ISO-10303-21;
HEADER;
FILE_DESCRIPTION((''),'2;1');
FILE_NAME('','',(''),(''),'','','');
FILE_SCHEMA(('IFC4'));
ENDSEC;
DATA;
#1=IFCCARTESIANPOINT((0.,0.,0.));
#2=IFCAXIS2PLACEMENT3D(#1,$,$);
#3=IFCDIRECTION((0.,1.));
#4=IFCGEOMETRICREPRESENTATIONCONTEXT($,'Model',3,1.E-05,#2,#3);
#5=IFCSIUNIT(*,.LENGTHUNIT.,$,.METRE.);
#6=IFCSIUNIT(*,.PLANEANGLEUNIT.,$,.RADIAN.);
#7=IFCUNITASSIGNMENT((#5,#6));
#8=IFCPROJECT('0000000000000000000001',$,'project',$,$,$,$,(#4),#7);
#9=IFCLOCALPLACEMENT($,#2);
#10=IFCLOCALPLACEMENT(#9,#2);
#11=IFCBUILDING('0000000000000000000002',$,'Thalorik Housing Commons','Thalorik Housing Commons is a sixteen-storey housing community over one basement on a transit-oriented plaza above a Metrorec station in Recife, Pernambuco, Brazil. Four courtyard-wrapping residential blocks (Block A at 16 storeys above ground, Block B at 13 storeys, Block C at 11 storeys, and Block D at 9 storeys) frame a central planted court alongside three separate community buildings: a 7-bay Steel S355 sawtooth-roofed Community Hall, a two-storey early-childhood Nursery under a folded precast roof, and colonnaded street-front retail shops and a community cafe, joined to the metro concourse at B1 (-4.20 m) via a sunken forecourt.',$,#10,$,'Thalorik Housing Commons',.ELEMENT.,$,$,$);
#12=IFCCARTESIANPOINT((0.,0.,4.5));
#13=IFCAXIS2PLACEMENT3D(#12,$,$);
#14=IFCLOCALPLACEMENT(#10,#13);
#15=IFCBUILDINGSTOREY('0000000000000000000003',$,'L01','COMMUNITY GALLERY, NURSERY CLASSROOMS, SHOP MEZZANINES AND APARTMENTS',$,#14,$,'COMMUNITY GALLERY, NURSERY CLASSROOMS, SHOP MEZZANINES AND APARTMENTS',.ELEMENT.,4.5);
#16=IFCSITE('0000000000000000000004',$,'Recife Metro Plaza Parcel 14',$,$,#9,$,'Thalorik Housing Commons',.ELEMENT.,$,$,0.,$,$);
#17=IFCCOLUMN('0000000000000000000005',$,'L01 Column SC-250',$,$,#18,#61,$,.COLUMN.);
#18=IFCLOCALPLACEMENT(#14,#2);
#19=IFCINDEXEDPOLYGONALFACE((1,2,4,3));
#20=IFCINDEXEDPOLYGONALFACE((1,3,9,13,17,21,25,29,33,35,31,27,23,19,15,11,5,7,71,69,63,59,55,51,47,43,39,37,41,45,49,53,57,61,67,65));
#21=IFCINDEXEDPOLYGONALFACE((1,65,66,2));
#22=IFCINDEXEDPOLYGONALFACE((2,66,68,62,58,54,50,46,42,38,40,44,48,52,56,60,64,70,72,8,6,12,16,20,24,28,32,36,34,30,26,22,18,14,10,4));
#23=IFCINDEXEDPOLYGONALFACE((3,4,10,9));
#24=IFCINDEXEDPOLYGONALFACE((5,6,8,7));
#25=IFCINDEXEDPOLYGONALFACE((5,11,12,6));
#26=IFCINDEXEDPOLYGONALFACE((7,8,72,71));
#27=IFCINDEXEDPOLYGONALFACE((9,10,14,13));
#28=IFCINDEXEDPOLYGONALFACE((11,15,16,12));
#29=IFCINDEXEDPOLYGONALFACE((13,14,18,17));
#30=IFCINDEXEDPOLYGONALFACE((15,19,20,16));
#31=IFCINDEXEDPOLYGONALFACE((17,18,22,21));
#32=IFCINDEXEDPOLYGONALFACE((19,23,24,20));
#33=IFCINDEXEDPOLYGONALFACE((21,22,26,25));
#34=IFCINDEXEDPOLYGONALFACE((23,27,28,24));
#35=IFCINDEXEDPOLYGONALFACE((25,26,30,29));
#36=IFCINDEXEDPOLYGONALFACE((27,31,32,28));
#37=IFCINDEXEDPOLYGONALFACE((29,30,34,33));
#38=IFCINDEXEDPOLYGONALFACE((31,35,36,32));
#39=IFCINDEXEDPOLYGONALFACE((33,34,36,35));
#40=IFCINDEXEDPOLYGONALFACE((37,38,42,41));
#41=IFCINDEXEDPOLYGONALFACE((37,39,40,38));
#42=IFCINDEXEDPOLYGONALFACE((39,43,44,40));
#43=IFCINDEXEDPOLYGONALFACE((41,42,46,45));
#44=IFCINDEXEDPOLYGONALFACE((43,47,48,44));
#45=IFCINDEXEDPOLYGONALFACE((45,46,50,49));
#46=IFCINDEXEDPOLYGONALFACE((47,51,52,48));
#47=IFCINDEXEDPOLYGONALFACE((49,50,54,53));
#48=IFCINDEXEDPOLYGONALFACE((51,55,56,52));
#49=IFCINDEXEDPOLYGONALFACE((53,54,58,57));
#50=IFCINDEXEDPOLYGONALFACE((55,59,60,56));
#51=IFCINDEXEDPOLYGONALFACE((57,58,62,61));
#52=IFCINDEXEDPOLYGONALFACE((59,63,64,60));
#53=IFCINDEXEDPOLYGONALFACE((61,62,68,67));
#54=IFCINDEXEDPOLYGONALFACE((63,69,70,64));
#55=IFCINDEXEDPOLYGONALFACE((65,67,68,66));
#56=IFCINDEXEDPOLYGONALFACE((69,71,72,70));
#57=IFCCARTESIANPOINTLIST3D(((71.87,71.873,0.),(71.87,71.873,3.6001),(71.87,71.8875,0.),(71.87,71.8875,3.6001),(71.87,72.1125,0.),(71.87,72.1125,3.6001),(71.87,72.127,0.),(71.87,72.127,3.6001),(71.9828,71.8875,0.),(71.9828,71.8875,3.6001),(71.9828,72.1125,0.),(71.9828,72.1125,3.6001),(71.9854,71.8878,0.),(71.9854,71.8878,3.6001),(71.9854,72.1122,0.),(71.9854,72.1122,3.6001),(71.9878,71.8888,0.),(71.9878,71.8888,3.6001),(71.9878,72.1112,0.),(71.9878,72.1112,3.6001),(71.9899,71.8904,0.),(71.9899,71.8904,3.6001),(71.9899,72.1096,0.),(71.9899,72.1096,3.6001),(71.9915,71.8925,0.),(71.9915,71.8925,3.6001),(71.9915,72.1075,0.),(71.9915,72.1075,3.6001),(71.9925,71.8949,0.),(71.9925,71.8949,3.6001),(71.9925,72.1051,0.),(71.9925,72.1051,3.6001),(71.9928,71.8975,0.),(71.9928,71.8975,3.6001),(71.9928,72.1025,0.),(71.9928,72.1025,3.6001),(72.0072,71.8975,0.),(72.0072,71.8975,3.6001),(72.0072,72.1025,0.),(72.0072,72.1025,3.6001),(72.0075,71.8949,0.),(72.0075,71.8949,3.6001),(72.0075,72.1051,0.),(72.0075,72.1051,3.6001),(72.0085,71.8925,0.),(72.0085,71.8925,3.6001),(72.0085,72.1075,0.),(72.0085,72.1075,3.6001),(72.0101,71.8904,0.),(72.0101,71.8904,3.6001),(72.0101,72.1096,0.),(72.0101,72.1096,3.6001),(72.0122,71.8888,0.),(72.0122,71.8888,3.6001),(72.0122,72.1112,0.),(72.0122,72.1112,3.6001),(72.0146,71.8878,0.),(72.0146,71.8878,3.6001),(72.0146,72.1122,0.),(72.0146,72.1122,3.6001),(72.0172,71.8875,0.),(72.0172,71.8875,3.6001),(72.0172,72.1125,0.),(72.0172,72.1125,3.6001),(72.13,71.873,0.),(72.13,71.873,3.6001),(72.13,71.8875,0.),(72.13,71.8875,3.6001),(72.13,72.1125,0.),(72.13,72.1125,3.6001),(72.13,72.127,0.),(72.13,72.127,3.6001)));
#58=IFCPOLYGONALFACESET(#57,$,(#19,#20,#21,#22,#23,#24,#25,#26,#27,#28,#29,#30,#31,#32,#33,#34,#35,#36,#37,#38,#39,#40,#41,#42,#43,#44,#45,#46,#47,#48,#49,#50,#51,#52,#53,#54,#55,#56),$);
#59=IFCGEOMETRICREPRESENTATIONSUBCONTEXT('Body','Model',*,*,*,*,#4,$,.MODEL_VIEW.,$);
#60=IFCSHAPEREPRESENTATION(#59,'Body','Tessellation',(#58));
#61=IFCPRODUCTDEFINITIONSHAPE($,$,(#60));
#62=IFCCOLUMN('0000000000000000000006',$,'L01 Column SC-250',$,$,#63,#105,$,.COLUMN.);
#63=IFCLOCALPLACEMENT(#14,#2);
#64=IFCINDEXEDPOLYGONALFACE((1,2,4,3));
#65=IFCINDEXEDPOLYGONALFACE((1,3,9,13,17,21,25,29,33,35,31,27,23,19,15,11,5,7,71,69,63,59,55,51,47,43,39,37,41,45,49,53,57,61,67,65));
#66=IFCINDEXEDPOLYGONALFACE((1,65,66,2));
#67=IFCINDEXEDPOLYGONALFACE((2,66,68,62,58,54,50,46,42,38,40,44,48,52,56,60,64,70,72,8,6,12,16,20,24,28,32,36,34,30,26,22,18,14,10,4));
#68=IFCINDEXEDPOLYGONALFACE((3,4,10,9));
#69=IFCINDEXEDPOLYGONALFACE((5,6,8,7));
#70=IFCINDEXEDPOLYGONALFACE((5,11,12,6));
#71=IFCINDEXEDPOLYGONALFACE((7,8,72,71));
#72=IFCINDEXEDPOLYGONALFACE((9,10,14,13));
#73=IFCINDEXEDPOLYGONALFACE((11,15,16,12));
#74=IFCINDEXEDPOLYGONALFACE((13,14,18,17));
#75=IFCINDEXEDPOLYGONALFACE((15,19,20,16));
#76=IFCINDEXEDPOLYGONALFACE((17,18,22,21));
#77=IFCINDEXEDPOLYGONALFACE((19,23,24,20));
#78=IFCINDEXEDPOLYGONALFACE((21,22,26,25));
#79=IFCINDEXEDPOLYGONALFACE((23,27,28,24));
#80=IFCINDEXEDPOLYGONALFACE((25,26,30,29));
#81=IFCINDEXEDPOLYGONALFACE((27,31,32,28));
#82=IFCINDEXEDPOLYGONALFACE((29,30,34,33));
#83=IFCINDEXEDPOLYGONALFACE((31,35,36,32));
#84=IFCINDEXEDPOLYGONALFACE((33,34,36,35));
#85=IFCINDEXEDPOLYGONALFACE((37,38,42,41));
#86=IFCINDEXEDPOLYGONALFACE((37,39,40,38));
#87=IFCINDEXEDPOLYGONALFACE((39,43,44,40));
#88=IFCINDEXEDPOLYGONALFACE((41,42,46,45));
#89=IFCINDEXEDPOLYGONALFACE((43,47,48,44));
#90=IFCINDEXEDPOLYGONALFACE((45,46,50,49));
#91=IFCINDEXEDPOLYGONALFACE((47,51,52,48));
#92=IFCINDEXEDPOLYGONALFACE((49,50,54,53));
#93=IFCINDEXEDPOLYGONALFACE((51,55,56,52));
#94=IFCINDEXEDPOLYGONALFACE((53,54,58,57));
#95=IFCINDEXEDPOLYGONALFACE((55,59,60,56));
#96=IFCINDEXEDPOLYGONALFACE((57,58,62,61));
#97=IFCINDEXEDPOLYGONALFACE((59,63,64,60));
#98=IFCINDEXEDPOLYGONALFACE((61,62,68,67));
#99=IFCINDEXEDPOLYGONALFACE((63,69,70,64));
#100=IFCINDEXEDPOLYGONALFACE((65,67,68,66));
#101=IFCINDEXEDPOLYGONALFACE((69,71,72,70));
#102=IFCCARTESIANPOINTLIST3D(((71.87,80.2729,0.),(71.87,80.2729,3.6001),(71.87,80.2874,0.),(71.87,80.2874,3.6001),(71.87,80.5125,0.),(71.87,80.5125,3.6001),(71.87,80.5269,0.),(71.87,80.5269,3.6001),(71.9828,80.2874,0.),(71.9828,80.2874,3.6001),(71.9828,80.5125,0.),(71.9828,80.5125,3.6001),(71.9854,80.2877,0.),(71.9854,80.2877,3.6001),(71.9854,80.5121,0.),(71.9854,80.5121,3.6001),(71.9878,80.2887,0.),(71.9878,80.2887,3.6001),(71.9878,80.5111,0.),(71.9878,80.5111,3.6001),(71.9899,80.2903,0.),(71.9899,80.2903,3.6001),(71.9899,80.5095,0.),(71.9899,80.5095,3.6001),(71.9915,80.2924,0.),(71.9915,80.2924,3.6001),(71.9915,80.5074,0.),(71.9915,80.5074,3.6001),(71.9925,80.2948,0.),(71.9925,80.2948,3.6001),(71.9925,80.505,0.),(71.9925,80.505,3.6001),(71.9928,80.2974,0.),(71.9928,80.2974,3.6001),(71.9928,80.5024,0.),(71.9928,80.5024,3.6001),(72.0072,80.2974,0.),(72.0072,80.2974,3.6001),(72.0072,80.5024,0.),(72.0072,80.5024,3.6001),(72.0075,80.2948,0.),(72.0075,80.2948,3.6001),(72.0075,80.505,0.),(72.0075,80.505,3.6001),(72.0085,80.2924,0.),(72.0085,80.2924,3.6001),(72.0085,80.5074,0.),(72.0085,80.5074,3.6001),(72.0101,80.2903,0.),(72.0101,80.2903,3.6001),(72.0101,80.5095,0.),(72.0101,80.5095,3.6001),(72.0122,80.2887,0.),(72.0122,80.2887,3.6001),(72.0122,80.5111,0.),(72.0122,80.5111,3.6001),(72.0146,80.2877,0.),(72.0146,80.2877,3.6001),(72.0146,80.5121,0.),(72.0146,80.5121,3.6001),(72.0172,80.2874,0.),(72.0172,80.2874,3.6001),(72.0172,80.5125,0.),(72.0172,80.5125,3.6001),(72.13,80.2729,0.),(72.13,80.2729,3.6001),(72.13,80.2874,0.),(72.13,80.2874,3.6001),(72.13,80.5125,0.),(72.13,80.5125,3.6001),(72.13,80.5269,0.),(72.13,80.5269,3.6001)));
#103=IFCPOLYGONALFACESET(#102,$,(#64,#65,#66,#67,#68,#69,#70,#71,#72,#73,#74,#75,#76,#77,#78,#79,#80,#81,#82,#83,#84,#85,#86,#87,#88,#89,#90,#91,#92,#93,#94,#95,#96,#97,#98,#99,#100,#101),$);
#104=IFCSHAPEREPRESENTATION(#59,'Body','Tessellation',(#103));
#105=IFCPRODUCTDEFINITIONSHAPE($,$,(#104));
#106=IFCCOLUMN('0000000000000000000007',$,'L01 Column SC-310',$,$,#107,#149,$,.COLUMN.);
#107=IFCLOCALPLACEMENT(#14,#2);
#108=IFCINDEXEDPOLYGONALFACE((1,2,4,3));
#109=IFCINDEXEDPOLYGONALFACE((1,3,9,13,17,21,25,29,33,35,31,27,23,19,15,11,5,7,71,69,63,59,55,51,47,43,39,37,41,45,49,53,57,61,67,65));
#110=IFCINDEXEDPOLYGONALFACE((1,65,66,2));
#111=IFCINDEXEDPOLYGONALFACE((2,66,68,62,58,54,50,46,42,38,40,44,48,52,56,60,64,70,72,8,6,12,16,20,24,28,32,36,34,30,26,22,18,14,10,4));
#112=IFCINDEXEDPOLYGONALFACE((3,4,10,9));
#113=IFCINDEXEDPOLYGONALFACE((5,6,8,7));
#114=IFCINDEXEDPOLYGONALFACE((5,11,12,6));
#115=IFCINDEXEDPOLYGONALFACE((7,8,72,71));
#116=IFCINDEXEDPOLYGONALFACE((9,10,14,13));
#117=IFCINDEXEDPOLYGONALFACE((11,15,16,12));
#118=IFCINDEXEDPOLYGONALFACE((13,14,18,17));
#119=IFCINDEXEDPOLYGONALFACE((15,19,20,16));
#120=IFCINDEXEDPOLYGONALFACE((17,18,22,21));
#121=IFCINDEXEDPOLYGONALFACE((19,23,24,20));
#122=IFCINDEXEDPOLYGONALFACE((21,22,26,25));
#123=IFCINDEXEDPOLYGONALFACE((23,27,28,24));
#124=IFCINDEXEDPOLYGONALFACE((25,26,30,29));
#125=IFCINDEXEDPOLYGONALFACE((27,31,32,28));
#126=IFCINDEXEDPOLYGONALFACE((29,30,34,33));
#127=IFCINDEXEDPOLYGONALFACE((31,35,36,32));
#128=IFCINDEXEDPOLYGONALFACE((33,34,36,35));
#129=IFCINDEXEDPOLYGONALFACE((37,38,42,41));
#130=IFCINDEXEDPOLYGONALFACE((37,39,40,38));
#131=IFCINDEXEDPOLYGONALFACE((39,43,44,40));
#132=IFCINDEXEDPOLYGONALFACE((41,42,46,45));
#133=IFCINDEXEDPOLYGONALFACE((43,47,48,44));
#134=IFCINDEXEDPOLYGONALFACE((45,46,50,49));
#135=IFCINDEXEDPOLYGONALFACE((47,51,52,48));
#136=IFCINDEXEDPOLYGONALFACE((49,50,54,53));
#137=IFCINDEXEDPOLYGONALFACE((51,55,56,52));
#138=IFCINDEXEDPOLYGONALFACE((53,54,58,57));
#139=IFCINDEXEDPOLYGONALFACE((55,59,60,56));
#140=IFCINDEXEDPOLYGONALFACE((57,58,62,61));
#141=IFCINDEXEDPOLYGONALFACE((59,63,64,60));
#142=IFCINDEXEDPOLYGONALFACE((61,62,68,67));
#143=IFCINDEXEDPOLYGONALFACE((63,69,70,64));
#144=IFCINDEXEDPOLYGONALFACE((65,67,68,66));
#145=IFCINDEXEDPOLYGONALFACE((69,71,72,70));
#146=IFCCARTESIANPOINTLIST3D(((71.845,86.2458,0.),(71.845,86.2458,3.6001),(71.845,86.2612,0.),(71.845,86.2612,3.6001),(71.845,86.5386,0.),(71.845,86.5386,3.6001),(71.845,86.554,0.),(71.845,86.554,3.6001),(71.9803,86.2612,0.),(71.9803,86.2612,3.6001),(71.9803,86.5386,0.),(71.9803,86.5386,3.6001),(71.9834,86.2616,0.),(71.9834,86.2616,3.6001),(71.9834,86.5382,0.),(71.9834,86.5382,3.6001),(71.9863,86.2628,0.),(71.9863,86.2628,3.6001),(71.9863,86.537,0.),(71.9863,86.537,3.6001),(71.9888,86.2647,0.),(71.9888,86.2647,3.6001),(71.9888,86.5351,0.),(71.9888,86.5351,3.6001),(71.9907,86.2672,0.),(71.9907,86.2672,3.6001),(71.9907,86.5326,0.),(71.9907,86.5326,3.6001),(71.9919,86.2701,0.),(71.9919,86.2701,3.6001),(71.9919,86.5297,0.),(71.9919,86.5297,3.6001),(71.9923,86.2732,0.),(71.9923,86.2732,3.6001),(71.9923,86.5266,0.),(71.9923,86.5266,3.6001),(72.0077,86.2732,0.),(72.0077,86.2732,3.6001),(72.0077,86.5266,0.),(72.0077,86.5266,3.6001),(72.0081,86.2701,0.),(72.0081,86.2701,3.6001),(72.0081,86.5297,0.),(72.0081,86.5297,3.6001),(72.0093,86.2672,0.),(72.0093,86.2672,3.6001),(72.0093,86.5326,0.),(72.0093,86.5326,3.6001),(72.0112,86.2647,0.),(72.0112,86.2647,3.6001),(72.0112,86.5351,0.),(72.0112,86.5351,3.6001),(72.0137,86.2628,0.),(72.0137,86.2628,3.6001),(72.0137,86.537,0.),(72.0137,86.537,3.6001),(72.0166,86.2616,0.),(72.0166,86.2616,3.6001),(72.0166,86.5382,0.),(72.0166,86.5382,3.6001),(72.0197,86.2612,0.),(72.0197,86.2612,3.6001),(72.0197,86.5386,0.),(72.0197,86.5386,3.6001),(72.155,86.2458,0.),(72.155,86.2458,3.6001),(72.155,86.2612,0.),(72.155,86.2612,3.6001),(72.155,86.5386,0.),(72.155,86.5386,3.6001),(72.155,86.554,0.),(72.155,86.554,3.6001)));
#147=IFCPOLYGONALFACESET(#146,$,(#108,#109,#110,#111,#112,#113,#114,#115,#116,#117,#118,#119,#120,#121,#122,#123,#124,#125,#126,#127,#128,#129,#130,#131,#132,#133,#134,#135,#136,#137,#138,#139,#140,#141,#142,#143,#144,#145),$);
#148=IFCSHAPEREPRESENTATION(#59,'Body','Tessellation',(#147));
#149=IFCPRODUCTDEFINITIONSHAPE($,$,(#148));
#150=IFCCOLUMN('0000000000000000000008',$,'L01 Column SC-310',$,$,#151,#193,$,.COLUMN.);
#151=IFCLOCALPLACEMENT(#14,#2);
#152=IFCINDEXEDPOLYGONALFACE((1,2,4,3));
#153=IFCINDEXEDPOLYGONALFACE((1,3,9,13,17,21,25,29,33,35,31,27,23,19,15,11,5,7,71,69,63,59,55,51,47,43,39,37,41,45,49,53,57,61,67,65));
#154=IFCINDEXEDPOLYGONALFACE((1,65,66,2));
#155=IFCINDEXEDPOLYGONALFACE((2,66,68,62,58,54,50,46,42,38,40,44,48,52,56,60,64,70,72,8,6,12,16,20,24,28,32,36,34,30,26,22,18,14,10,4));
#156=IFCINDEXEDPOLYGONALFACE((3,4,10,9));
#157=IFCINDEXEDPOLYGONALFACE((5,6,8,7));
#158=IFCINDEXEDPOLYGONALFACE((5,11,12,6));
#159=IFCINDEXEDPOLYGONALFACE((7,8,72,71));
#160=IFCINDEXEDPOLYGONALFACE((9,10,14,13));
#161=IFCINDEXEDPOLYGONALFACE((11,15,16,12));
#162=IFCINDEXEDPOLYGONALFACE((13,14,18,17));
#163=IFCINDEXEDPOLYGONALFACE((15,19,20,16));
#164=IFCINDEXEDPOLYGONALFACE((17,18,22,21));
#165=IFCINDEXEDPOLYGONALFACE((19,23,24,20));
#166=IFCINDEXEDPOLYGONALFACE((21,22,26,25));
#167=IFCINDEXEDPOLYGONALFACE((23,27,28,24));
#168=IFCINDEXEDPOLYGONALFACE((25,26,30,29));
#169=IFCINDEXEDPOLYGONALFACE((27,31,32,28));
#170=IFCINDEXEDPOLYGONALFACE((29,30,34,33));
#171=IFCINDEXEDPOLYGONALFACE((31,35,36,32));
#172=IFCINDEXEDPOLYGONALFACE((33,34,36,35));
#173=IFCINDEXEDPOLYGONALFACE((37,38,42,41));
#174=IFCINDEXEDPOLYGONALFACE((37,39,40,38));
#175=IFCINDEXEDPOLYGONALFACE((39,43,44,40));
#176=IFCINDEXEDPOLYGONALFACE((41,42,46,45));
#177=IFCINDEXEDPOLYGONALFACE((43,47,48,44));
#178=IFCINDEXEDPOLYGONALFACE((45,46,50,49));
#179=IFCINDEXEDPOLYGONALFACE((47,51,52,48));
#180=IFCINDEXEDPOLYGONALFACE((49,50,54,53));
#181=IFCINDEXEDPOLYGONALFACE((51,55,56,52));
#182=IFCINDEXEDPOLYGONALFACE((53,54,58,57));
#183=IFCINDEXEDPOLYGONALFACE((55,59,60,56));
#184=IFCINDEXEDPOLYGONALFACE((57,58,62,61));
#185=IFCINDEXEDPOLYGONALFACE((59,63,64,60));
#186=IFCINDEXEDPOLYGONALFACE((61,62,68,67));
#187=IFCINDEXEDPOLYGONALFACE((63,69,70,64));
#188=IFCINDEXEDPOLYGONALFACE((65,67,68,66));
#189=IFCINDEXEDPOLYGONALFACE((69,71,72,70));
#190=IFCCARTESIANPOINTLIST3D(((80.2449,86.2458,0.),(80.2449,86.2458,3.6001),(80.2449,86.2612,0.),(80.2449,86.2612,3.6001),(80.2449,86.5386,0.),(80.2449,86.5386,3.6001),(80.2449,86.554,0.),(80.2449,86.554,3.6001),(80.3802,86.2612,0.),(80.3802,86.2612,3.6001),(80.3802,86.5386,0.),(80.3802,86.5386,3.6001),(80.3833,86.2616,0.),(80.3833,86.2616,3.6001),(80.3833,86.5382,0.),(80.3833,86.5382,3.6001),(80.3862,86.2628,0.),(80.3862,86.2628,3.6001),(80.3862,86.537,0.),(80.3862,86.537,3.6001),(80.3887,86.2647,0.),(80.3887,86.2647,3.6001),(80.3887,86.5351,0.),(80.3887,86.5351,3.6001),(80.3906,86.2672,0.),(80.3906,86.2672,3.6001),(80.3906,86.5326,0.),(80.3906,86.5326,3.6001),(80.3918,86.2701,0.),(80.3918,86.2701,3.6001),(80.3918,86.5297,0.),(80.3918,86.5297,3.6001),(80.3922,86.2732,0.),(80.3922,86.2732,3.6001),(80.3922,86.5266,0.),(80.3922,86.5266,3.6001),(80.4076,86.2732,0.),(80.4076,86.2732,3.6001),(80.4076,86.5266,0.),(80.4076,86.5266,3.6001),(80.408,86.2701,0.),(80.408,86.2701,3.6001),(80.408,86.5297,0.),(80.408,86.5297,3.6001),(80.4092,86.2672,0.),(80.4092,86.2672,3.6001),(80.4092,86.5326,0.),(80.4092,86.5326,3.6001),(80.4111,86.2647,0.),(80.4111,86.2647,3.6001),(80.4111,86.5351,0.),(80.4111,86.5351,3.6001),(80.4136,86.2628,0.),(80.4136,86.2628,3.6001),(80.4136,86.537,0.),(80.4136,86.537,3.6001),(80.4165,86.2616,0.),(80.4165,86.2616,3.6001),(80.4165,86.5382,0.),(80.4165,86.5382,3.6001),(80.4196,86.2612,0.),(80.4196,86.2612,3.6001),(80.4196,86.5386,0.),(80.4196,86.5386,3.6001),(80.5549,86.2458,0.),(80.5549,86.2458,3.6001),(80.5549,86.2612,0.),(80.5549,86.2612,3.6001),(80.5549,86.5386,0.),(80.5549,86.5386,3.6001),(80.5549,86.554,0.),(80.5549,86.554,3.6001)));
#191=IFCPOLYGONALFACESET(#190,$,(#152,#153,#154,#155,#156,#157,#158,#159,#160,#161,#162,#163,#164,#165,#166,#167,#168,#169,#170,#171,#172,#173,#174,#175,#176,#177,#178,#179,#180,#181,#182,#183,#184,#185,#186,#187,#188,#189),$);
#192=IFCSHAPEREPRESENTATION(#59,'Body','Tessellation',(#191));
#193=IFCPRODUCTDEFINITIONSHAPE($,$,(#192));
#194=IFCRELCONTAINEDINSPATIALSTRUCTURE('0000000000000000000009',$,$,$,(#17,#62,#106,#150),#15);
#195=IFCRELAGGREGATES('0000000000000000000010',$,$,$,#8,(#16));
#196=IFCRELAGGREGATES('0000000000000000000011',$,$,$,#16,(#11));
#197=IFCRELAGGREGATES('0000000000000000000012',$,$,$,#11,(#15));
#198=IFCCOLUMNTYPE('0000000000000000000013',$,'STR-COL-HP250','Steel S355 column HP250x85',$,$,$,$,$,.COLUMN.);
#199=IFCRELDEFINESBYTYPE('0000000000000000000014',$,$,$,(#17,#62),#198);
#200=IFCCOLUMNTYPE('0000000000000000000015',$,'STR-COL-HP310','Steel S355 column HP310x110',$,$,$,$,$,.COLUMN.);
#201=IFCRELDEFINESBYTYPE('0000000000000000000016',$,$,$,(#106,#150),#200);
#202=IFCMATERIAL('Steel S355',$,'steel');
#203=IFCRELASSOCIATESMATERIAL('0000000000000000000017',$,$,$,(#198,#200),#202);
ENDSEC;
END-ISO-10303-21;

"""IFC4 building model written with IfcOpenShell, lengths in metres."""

from ifc_helpers import new_model, si_unit, direction, frame, origin, origin_2d, place, context, subcontext, project, spatial, i_section, extrude, material, material_profile, profile_set, type_object, element, save


model = new_model("IFC4")

# Units and contexts
model_context = context("Model", 3, precision=1e-05, world=origin(), true_north=direction((0.0, 1.0)))
body_context = subcontext(model_context, "Body", "Model", "MODEL_VIEW")
ifc_project = project(units=[si_unit("LENGTHUNIT", "METRE"), si_unit("PLANEANGLEUNIT", "RADIAN")], contexts=[model_context])

# Site, building, storey
site_placement = place(None, origin())
site = spatial("IfcSite", under=ifc_project, at=site_placement, Name="Recife Metro Plaza Parcel 14", LongName="Thalorik Housing Commons", CompositionType="ELEMENT", RefElevation=0.0)
building_placement = place(site_placement, origin())
building = spatial("IfcBuilding", under=site, at=building_placement, Name="Thalorik Housing Commons", Description="Thalorik Housing Commons is a sixteen-storey housing community over one basement on a transit-oriented plaza above a Metrorec station in Recife, Pernambuco, Brazil. Four courtyard-wrapping residential blocks (Block A at 16 storeys above ground, Block B at 13 storeys, Block C at 11 storeys, and Block D at 9 storeys) frame a central planted court alongside three separate community buildings: a 7-bay Steel S355 sawtooth-roofed Community Hall, a two-storey early-childhood Nursery under a folded precast roof, and colonnaded street-front retail shops and a community cafe, joined to the metro concourse at B1 (-4.20 m) via a sunken forecourt.", LongName="Thalorik Housing Commons", CompositionType="ELEMENT")
storey_placement = place(building_placement, frame((0.0, 0.0, 4.5)))
storey = spatial("IfcBuildingStorey", under=building, at=storey_placement, Name="L01", Description="COMMUNITY GALLERY, NURSERY CLASSROOMS, SHOP MEZZANINES AND APARTMENTS", LongName="COMMUNITY GALLERY, NURSERY CLASSROOMS, SHOP MEZZANINES AND APARTMENTS", CompositionType="ELEMENT", Elevation=4.5)

# Columns
ifc_material_1 = material(Name="Steel S355", Category="steel")
ifc_material_profile_1 = material_profile(ifc_material_1, i_section(OverallWidth=0.26, OverallDepth=0.2539, WebThickness=0.0144, FlangeThickness=0.0144, FilletRadius=0.01, at=origin_2d()), Name="HP250x85", Category="steel")
ifc_profile_set_1 = profile_set([ifc_material_profile_1], Name="Steel S355")
column_type_1 = type_object("IfcColumnType", Name="STR-COL-HP250", Description="Steel S355 column HP250x85", PredefinedType="COLUMN", material=ifc_profile_set_1)
for number, where, z_axis, x_axis, name in (
    (1, (72.0, 72.0, 0.0), (0.0, 0.0, 1.0), (1.0, 0.0, 0.0), "L01 Column SC-250"),
    (2, (72.0, 80.3999, 0.0), (0.0, 0.0, 1.0), (1.0, 0.0, 0.0), "L01 Column SC-250"),
):
    element("IfcColumn", number, at=place(storey_placement, frame(where, z_axis=z_axis, x_axis=x_axis)), inside=storey, type_object=column_type_1, Name=name, PredefinedType="COLUMN", context=body_context, shape_type="SweptSolid", body=[
        extrude(i_section(OverallWidth=0.26, OverallDepth=0.2539, WebThickness=0.0144, FlangeThickness=0.0144, FilletRadius=0.01, at=origin_2d()), origin(), (0.0, 0.0, 1.0), 3.6001),
    ])
ifc_material_profile_2 = material_profile(ifc_material_1, i_section(OverallWidth=0.3101, OverallDepth=0.3081, WebThickness=0.0154, FlangeThickness=0.0154, FilletRadius=0.012, at=origin_2d()), Name="HP310x110", Category="steel")
ifc_profile_set_2 = profile_set([ifc_material_profile_2], Name="Steel S355")
column_type_2 = type_object("IfcColumnType", Name="STR-COL-HP310", Description="Steel S355 column HP310x110", PredefinedType="COLUMN", material=ifc_profile_set_2)
for number, where, z_axis, x_axis, name in (
    (3, (72.0, 86.3999, 0.0), (0.0, 0.0, 1.0), (1.0, 0.0, 0.0), "L01 Column SC-310"),
    (4, (80.3999, 86.3999, 0.0), (0.0, 0.0, 1.0), (1.0, 0.0, 0.0), "L01 Column SC-310"),
):
    element("IfcColumn", number, at=place(storey_placement, frame(where, z_axis=z_axis, x_axis=x_axis)), inside=storey, type_object=column_type_2, Name=name, PredefinedType="COLUMN", context=body_context, shape_type="SweptSolid", body=[
        extrude(i_section(OverallWidth=0.3101, OverallDepth=0.3081, WebThickness=0.0154, FlangeThickness=0.0154, FilletRadius=0.012, at=origin_2d()), origin(), (0.0, 0.0, 1.0), 3.6001),
    ])

save(model, "model.ifc")
